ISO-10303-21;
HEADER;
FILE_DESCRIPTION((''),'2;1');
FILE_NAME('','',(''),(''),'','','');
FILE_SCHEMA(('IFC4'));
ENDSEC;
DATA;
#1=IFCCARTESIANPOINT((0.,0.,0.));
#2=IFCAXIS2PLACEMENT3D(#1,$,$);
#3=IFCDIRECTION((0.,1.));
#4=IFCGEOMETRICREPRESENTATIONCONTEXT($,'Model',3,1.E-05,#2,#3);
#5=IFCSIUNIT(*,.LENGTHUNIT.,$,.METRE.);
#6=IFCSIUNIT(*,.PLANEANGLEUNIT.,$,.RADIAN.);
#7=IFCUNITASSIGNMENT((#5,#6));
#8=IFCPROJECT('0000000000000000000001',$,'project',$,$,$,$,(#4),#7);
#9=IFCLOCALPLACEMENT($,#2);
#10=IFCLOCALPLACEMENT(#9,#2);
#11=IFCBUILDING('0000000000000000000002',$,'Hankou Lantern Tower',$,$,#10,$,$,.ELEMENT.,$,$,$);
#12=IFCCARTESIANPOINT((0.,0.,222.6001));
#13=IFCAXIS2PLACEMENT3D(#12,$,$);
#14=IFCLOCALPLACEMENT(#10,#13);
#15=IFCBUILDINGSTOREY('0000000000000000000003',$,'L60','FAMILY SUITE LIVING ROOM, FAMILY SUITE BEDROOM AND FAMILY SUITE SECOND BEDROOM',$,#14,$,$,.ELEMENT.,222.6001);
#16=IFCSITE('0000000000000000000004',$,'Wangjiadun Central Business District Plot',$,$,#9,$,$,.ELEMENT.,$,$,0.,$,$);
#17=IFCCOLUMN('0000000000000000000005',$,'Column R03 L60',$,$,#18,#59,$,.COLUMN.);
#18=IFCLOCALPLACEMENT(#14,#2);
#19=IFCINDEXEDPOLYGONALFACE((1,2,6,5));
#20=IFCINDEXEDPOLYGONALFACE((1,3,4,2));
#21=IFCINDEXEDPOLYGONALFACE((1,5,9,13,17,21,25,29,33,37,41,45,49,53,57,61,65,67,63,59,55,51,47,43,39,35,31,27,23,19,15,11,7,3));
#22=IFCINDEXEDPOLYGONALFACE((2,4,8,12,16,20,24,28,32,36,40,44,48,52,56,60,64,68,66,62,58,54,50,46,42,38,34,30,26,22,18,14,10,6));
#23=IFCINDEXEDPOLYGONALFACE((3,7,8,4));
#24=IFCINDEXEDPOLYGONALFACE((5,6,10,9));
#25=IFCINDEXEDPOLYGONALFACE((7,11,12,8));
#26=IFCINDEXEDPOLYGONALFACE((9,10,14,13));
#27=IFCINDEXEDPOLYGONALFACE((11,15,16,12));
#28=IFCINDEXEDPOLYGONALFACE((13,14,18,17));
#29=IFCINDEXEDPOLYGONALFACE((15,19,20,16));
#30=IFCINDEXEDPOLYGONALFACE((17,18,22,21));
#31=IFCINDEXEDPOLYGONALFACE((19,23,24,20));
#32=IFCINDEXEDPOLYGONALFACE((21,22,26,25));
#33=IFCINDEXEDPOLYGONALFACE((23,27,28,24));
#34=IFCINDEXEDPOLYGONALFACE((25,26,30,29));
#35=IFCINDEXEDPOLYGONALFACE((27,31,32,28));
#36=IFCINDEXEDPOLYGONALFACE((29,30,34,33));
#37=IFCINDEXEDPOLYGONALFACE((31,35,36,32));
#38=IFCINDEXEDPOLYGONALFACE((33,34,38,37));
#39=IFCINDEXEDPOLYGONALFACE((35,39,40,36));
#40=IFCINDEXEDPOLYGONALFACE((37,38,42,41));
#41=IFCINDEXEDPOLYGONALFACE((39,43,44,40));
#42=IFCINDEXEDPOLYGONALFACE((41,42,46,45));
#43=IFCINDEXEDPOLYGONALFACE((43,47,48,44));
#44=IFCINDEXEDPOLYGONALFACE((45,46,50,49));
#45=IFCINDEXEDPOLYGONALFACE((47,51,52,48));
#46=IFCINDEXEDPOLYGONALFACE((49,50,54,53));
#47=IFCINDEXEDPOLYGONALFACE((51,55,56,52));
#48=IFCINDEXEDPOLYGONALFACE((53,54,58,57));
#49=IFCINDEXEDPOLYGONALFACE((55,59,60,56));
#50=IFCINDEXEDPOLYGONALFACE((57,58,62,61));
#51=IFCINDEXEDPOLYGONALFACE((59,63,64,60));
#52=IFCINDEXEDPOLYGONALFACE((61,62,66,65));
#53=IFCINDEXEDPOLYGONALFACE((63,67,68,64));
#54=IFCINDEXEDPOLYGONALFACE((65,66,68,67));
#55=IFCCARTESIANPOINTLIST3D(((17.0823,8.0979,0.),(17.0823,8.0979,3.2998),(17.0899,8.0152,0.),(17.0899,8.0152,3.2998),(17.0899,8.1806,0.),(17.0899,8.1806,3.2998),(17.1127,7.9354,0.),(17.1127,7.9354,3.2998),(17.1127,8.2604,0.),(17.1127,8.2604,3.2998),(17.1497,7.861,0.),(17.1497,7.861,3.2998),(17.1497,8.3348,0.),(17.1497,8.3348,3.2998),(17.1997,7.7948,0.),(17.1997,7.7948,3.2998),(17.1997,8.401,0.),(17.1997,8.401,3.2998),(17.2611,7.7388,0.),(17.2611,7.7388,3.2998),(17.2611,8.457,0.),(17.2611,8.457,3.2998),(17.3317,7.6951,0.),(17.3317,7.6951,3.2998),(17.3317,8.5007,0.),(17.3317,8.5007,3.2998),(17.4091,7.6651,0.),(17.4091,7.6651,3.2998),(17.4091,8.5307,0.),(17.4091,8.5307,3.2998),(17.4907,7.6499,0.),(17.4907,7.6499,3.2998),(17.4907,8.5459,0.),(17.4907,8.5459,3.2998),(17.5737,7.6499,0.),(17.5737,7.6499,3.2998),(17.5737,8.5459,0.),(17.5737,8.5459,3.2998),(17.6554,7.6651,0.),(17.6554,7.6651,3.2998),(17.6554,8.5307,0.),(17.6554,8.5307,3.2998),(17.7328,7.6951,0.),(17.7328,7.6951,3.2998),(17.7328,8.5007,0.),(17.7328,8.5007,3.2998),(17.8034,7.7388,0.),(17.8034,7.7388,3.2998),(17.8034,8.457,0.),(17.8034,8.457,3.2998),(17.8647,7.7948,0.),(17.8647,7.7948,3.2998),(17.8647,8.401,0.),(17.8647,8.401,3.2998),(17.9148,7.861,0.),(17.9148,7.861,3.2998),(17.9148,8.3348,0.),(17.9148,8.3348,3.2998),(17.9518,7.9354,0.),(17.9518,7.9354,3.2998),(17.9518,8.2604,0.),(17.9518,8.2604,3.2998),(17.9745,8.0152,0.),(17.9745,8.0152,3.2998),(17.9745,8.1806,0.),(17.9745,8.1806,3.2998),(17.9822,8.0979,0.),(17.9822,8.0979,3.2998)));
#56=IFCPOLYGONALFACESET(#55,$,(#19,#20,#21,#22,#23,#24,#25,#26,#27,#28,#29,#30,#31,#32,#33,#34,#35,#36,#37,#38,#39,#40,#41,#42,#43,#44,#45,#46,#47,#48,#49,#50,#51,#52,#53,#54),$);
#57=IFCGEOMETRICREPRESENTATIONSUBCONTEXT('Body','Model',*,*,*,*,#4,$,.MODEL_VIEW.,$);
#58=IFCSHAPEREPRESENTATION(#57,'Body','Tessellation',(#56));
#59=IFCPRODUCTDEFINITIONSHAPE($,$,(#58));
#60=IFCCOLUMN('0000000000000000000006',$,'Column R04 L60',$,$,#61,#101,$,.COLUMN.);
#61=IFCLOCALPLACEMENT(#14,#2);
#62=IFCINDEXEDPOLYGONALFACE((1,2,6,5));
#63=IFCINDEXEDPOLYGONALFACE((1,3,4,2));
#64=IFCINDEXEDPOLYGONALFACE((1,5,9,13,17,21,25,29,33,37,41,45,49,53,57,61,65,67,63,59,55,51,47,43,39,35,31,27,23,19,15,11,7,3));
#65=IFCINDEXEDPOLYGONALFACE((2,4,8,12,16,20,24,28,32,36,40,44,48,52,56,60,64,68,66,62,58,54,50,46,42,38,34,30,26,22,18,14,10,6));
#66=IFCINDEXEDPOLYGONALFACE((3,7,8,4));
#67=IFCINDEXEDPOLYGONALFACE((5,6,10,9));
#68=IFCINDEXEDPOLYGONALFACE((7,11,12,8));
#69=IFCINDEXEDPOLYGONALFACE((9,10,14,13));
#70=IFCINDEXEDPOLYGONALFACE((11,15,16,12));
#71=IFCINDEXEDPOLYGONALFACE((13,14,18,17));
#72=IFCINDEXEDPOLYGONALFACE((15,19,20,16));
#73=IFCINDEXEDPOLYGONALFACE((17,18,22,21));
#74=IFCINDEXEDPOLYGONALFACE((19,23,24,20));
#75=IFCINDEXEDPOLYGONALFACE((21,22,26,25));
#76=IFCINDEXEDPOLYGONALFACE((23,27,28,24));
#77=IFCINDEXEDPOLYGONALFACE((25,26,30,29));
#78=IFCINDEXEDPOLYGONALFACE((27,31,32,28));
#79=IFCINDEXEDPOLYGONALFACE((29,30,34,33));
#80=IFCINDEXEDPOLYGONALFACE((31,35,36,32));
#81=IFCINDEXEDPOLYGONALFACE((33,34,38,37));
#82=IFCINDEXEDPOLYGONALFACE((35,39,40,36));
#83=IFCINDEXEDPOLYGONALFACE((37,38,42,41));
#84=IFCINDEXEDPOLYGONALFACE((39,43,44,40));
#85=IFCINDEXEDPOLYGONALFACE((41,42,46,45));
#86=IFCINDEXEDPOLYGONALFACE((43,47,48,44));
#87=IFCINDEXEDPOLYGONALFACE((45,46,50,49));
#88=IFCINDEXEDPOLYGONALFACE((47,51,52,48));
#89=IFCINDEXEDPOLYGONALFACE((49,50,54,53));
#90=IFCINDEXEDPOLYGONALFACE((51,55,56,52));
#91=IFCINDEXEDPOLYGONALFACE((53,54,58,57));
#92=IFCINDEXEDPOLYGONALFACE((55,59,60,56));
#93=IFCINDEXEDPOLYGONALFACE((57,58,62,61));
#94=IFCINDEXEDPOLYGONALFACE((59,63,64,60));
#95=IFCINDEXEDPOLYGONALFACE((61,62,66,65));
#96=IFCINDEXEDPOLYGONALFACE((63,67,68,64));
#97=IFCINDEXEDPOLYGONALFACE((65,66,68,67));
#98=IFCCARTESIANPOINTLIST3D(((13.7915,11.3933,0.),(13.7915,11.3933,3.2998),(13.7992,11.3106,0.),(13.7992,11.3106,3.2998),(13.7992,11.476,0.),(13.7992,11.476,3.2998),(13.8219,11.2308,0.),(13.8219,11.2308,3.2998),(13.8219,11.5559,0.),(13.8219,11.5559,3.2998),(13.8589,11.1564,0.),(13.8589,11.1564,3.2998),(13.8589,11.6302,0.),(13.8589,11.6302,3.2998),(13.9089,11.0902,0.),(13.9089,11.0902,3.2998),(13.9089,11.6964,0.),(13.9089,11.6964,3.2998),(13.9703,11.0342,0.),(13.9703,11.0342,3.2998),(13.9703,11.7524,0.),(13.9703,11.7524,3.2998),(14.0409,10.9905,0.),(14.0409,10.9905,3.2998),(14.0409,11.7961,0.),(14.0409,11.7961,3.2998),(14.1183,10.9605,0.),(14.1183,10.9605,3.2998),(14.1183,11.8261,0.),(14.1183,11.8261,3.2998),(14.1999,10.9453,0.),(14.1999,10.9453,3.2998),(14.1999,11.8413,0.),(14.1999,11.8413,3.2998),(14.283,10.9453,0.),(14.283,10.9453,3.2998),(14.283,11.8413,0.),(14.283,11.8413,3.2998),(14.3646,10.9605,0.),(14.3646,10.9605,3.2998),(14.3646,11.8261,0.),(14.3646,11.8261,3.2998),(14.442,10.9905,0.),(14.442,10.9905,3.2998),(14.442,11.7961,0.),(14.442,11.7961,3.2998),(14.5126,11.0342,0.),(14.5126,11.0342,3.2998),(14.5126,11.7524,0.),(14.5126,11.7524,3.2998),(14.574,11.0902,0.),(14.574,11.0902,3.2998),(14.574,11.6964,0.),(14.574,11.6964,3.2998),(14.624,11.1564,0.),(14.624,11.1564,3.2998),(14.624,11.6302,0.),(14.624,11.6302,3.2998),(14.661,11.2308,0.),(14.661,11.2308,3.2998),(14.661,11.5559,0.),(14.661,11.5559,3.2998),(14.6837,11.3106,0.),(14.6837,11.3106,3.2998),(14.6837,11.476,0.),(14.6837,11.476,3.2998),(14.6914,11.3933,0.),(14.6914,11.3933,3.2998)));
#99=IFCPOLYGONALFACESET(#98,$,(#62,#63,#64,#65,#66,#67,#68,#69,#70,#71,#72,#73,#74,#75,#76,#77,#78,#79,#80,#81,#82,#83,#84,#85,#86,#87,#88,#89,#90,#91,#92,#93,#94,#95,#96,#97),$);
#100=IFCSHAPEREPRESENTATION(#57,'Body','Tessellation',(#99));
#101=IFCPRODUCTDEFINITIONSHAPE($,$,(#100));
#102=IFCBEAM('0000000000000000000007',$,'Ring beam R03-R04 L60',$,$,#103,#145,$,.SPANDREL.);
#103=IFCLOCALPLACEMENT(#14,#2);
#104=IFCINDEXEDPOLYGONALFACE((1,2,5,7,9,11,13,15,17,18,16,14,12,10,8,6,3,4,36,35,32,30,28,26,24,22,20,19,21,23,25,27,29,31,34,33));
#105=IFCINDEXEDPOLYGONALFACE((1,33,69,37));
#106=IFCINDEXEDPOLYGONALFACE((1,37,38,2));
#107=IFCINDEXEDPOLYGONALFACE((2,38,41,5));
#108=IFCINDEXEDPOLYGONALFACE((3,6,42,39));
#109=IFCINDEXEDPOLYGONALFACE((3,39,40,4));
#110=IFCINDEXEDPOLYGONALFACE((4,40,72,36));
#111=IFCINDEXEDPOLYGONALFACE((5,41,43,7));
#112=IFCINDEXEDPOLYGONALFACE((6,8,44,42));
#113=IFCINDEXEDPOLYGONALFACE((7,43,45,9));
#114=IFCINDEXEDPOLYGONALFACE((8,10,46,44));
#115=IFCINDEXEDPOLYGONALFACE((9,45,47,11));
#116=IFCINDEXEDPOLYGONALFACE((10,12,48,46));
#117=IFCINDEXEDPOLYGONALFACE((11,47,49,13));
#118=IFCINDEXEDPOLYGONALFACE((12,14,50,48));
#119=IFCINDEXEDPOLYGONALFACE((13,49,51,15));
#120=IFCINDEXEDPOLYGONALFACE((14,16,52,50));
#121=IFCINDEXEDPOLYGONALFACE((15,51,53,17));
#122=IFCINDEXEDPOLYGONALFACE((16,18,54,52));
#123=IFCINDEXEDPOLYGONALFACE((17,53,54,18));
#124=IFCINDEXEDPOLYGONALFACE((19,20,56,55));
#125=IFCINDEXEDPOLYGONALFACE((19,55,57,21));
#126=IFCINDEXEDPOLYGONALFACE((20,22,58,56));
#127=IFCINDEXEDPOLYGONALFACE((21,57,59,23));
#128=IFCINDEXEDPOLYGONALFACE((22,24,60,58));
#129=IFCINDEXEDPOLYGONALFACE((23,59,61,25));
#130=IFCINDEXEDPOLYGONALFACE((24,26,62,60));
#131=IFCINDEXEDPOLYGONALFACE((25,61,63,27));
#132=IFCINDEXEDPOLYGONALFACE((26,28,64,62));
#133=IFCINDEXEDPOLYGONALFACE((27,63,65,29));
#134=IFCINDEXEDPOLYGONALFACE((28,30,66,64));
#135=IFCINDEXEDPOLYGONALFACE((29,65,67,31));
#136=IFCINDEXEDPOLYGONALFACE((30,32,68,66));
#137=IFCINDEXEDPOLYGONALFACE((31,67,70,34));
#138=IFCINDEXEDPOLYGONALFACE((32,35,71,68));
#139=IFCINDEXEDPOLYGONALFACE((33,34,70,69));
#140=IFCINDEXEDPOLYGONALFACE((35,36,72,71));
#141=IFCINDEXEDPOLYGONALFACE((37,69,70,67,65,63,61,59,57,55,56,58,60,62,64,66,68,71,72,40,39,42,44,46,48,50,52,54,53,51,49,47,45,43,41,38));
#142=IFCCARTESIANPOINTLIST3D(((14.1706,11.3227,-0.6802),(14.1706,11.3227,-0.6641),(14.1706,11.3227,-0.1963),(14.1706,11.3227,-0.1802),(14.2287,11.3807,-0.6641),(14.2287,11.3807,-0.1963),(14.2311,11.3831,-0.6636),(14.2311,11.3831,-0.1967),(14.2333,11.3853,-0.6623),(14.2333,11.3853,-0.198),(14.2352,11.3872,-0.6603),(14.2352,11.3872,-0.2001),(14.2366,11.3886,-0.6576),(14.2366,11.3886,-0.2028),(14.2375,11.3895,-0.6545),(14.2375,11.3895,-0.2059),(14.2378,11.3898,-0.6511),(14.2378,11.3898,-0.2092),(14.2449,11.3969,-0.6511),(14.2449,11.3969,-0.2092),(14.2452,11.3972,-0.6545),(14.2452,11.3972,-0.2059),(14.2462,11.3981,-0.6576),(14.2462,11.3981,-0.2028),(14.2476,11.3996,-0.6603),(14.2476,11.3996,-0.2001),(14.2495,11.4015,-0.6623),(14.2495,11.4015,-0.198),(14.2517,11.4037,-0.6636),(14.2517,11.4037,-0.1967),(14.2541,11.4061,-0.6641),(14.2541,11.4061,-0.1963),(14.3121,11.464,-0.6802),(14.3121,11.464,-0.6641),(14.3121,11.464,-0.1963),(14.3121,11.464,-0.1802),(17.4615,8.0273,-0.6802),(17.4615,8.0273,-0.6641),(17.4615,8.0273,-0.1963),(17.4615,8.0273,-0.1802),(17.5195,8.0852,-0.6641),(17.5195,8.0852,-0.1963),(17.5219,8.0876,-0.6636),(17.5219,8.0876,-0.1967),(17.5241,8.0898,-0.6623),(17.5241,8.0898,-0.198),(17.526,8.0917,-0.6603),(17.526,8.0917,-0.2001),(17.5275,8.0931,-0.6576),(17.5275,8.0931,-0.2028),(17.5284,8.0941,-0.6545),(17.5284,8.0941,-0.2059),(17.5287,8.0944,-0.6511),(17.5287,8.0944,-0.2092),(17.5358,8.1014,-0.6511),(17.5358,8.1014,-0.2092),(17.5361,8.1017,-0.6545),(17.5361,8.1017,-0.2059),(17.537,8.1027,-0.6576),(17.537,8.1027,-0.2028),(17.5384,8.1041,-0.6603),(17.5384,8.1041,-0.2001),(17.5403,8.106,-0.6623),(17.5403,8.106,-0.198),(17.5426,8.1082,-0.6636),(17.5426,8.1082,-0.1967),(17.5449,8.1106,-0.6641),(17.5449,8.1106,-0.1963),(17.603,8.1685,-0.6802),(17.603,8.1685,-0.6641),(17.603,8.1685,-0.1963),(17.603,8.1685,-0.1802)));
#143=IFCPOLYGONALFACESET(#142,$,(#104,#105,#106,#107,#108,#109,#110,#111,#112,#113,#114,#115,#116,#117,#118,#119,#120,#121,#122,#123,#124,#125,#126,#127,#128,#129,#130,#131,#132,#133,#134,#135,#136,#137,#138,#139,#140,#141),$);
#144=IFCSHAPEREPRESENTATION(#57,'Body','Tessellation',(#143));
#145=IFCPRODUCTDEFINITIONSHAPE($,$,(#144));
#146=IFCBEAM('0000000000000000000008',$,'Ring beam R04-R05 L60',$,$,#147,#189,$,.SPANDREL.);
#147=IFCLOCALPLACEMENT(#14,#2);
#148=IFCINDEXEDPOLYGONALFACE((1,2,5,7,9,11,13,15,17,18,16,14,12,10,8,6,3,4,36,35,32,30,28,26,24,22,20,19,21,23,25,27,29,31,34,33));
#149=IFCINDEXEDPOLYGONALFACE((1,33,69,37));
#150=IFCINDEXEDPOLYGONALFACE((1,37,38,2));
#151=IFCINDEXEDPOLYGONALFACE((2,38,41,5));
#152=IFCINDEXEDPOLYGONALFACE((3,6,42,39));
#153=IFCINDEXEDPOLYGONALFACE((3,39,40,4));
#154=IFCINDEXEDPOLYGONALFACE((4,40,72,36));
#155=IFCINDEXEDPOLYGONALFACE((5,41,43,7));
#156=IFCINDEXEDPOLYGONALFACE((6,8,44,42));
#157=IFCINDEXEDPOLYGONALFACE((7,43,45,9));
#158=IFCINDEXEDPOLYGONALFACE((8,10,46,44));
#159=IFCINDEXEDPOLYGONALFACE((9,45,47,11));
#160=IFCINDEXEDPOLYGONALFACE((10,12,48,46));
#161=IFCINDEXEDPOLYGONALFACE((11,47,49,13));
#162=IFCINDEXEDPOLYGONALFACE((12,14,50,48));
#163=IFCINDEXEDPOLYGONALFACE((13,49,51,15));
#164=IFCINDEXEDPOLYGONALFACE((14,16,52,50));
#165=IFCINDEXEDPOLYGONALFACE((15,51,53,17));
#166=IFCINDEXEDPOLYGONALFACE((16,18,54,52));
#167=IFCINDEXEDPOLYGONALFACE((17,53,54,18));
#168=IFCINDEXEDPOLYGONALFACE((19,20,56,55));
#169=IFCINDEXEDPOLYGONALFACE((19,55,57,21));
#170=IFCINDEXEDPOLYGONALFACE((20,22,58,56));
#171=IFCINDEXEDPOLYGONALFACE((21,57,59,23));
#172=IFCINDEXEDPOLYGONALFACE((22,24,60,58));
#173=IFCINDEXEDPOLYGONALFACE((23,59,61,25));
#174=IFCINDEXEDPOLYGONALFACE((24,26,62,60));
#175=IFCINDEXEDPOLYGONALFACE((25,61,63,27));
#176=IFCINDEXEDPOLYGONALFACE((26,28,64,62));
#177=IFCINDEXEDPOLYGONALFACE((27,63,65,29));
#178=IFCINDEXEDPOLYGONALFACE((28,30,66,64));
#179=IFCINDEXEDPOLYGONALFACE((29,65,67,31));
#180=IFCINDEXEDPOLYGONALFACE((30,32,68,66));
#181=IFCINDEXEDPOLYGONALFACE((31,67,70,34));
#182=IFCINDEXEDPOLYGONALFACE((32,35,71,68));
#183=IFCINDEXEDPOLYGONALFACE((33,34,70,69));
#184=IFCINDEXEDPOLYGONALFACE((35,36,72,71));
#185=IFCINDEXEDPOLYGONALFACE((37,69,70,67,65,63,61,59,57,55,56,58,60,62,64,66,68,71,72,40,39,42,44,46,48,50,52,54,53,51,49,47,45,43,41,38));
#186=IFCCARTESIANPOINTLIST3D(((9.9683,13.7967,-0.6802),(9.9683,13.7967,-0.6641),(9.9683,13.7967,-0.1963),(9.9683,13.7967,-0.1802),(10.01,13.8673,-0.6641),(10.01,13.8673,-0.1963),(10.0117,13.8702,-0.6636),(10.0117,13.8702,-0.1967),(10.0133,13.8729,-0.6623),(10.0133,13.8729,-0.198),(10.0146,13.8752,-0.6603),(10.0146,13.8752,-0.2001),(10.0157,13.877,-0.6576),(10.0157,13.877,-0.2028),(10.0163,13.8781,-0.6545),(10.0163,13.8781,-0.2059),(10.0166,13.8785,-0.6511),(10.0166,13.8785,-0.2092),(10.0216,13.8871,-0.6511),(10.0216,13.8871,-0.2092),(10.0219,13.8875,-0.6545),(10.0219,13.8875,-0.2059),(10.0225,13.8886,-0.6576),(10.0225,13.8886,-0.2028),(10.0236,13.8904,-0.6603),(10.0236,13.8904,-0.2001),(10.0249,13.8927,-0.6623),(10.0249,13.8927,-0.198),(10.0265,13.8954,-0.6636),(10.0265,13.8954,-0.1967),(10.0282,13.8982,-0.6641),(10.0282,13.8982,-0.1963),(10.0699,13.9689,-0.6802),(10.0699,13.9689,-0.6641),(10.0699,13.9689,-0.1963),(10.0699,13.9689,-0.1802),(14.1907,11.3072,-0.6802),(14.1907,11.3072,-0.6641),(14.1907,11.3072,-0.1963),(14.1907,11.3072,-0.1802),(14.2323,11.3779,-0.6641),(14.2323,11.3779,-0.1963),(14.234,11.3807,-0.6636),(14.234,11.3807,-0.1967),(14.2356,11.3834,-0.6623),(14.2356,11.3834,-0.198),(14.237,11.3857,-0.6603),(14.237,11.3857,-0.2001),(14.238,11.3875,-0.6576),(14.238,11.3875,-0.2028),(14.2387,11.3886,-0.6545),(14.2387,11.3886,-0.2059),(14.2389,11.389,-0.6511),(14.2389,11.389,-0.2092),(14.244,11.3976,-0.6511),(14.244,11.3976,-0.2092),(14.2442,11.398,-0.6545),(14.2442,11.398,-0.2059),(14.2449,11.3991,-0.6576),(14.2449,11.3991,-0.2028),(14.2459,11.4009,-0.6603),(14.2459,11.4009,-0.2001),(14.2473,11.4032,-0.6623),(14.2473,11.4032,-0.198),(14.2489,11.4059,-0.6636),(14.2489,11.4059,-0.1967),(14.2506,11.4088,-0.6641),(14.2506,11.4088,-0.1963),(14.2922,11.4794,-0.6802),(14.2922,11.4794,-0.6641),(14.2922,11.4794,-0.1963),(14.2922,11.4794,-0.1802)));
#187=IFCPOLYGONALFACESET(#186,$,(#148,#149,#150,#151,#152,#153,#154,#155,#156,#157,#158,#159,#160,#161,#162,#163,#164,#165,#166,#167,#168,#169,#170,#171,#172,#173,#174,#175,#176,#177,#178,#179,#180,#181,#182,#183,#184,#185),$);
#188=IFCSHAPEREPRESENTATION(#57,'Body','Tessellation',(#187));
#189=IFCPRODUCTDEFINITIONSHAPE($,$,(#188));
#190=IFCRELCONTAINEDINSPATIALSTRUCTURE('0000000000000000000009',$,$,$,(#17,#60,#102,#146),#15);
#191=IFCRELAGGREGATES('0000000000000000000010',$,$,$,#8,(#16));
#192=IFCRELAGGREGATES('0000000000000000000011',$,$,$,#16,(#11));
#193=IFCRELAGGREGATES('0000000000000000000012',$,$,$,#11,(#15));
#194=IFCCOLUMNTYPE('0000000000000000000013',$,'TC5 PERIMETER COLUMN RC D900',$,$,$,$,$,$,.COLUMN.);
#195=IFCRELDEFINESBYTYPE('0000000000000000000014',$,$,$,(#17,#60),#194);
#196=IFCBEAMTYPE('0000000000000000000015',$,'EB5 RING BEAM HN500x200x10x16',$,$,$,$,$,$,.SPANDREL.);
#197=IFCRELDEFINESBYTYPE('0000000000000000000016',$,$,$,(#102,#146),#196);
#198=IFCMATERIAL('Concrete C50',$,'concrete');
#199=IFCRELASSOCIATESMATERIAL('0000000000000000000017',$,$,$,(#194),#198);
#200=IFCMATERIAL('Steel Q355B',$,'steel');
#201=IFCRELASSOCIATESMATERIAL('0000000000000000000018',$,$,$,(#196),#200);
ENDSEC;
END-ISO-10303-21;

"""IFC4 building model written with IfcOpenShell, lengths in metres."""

from ifc_helpers import new_model, si_unit, direction, frame, origin, origin_2d, place, context, subcontext, project, spatial, circle, i_section, extrude, material, material_profile, profile_set, type_object, element, save


model = new_model("IFC4")

# Units and contexts
model_context = context("Model", 3, precision=1e-05, world=origin(), true_north=direction((0.0, 1.0)))
body_context = subcontext(model_context, "Body", "Model", "MODEL_VIEW")
ifc_project = project(units=[si_unit("LENGTHUNIT", "METRE"), si_unit("PLANEANGLEUNIT", "RADIAN")], contexts=[model_context])

# Site, building, storey
site_placement = place(None, origin())
site = spatial("IfcSite", under=ifc_project, at=site_placement, Name="Wangjiadun Central Business District Plot", CompositionType="ELEMENT", RefElevation=0.0)
building_placement = place(site_placement, origin())
building = spatial("IfcBuilding", under=site, at=building_placement, Name="Hankou Lantern Tower", CompositionType="ELEMENT")
storey_placement = place(building_placement, frame((0.0, 0.0, 222.6001)))
storey = spatial("IfcBuildingStorey", under=building, at=storey_placement, Name="L60", Description="FAMILY SUITE LIVING ROOM, FAMILY SUITE BEDROOM AND FAMILY SUITE SECOND BEDROOM", CompositionType="ELEMENT", Elevation=222.6001)

# Columns
ifc_material_1 = material(Name="Concrete C50", Category="concrete")
ifc_material_profile_1 = material_profile(ifc_material_1, circle(Radius=0.45, at=origin_2d()), Name="RC D900")
ifc_profile_set_1 = profile_set([ifc_material_profile_1], Name="Concrete C50")
column_type = type_object("IfcColumnType", Name="TC5 PERIMETER COLUMN RC D900", PredefinedType="COLUMN", material=ifc_profile_set_1)
for number, where, z_axis, x_axis, name in (
    (1, (17.5322, 8.0979, 0.0), (0.0, 0.0, 1.0), (1.0, 0.0, 0.0), "Column R03 L60"),
    (2, (14.2415, 11.3933, 0.0), (0.0, 0.0, 1.0), (1.0, 0.0, 0.0), "Column R04 L60"),
):
    element("IfcColumn", number, at=place(storey_placement, frame(where, z_axis=z_axis, x_axis=x_axis)), inside=storey, type_object=column_type, Name=name, PredefinedType="COLUMN", context=body_context, shape_type="SweptSolid", body=[
        extrude(circle(Radius=0.45, at=origin_2d()), origin(), (0.0, 0.0, 1.0), 3.2998),
    ])

# Beams
ifc_material_2 = material(Name="Steel Q355B", Category="steel")
ifc_material_profile_2 = material_profile(ifc_material_2, i_section(OverallWidth=0.2, OverallDepth=0.5, WebThickness=0.01, FlangeThickness=0.0161, FilletRadius=0.0129, at=origin_2d()), Name="HN500x200x10x16")
ifc_profile_set_2 = profile_set([ifc_material_profile_2], Name="Steel Q355B")
beam_type_1 = type_object("IfcBeamType", Name="EB5 RING BEAM HN500x200x10x16", PredefinedType="SPANDREL", material=ifc_profile_set_2)
beam_1_placement = place(storey_placement, frame((17.5322, 8.0979, -0.4302), z_axis=(-0.706609, 0.707605, 0.0), x_axis=(-0.707605, -0.706609, 0.0)))
element("IfcBeam", 3, at=beam_1_placement, inside=storey, type_object=beam_type_1, Name="Ring beam R03-R04 L60", PredefinedType="SPANDREL", context=body_context, shape_type="SweptSolid", body=[
    extrude(i_section(OverallWidth=0.2, OverallDepth=0.5, WebThickness=0.01, FlangeThickness=0.0161, FilletRadius=0.0129, at=origin_2d()), origin(), (0.0, 0.0, 1.0), 4.6572),
])
beam_2_placement = place(storey_placement, frame((14.2415, 11.3933, -0.4302), z_axis=(-0.861423, 0.507888, 0.0), x_axis=(-0.507888, -0.861423, 0.0)))
element("IfcBeam", 4, at=beam_2_placement, inside=storey, type_object=beam_type_1, Name="Ring beam R04-R05 L60", PredefinedType="SPANDREL", context=body_context, shape_type="SweptSolid", body=[
    extrude(i_section(OverallWidth=0.2, OverallDepth=0.5, WebThickness=0.01, FlangeThickness=0.0161, FilletRadius=0.0129, at=origin_2d()), origin(), (0.0, 0.0, 1.0), 4.9016),
])

save(model, "model.ifc")
